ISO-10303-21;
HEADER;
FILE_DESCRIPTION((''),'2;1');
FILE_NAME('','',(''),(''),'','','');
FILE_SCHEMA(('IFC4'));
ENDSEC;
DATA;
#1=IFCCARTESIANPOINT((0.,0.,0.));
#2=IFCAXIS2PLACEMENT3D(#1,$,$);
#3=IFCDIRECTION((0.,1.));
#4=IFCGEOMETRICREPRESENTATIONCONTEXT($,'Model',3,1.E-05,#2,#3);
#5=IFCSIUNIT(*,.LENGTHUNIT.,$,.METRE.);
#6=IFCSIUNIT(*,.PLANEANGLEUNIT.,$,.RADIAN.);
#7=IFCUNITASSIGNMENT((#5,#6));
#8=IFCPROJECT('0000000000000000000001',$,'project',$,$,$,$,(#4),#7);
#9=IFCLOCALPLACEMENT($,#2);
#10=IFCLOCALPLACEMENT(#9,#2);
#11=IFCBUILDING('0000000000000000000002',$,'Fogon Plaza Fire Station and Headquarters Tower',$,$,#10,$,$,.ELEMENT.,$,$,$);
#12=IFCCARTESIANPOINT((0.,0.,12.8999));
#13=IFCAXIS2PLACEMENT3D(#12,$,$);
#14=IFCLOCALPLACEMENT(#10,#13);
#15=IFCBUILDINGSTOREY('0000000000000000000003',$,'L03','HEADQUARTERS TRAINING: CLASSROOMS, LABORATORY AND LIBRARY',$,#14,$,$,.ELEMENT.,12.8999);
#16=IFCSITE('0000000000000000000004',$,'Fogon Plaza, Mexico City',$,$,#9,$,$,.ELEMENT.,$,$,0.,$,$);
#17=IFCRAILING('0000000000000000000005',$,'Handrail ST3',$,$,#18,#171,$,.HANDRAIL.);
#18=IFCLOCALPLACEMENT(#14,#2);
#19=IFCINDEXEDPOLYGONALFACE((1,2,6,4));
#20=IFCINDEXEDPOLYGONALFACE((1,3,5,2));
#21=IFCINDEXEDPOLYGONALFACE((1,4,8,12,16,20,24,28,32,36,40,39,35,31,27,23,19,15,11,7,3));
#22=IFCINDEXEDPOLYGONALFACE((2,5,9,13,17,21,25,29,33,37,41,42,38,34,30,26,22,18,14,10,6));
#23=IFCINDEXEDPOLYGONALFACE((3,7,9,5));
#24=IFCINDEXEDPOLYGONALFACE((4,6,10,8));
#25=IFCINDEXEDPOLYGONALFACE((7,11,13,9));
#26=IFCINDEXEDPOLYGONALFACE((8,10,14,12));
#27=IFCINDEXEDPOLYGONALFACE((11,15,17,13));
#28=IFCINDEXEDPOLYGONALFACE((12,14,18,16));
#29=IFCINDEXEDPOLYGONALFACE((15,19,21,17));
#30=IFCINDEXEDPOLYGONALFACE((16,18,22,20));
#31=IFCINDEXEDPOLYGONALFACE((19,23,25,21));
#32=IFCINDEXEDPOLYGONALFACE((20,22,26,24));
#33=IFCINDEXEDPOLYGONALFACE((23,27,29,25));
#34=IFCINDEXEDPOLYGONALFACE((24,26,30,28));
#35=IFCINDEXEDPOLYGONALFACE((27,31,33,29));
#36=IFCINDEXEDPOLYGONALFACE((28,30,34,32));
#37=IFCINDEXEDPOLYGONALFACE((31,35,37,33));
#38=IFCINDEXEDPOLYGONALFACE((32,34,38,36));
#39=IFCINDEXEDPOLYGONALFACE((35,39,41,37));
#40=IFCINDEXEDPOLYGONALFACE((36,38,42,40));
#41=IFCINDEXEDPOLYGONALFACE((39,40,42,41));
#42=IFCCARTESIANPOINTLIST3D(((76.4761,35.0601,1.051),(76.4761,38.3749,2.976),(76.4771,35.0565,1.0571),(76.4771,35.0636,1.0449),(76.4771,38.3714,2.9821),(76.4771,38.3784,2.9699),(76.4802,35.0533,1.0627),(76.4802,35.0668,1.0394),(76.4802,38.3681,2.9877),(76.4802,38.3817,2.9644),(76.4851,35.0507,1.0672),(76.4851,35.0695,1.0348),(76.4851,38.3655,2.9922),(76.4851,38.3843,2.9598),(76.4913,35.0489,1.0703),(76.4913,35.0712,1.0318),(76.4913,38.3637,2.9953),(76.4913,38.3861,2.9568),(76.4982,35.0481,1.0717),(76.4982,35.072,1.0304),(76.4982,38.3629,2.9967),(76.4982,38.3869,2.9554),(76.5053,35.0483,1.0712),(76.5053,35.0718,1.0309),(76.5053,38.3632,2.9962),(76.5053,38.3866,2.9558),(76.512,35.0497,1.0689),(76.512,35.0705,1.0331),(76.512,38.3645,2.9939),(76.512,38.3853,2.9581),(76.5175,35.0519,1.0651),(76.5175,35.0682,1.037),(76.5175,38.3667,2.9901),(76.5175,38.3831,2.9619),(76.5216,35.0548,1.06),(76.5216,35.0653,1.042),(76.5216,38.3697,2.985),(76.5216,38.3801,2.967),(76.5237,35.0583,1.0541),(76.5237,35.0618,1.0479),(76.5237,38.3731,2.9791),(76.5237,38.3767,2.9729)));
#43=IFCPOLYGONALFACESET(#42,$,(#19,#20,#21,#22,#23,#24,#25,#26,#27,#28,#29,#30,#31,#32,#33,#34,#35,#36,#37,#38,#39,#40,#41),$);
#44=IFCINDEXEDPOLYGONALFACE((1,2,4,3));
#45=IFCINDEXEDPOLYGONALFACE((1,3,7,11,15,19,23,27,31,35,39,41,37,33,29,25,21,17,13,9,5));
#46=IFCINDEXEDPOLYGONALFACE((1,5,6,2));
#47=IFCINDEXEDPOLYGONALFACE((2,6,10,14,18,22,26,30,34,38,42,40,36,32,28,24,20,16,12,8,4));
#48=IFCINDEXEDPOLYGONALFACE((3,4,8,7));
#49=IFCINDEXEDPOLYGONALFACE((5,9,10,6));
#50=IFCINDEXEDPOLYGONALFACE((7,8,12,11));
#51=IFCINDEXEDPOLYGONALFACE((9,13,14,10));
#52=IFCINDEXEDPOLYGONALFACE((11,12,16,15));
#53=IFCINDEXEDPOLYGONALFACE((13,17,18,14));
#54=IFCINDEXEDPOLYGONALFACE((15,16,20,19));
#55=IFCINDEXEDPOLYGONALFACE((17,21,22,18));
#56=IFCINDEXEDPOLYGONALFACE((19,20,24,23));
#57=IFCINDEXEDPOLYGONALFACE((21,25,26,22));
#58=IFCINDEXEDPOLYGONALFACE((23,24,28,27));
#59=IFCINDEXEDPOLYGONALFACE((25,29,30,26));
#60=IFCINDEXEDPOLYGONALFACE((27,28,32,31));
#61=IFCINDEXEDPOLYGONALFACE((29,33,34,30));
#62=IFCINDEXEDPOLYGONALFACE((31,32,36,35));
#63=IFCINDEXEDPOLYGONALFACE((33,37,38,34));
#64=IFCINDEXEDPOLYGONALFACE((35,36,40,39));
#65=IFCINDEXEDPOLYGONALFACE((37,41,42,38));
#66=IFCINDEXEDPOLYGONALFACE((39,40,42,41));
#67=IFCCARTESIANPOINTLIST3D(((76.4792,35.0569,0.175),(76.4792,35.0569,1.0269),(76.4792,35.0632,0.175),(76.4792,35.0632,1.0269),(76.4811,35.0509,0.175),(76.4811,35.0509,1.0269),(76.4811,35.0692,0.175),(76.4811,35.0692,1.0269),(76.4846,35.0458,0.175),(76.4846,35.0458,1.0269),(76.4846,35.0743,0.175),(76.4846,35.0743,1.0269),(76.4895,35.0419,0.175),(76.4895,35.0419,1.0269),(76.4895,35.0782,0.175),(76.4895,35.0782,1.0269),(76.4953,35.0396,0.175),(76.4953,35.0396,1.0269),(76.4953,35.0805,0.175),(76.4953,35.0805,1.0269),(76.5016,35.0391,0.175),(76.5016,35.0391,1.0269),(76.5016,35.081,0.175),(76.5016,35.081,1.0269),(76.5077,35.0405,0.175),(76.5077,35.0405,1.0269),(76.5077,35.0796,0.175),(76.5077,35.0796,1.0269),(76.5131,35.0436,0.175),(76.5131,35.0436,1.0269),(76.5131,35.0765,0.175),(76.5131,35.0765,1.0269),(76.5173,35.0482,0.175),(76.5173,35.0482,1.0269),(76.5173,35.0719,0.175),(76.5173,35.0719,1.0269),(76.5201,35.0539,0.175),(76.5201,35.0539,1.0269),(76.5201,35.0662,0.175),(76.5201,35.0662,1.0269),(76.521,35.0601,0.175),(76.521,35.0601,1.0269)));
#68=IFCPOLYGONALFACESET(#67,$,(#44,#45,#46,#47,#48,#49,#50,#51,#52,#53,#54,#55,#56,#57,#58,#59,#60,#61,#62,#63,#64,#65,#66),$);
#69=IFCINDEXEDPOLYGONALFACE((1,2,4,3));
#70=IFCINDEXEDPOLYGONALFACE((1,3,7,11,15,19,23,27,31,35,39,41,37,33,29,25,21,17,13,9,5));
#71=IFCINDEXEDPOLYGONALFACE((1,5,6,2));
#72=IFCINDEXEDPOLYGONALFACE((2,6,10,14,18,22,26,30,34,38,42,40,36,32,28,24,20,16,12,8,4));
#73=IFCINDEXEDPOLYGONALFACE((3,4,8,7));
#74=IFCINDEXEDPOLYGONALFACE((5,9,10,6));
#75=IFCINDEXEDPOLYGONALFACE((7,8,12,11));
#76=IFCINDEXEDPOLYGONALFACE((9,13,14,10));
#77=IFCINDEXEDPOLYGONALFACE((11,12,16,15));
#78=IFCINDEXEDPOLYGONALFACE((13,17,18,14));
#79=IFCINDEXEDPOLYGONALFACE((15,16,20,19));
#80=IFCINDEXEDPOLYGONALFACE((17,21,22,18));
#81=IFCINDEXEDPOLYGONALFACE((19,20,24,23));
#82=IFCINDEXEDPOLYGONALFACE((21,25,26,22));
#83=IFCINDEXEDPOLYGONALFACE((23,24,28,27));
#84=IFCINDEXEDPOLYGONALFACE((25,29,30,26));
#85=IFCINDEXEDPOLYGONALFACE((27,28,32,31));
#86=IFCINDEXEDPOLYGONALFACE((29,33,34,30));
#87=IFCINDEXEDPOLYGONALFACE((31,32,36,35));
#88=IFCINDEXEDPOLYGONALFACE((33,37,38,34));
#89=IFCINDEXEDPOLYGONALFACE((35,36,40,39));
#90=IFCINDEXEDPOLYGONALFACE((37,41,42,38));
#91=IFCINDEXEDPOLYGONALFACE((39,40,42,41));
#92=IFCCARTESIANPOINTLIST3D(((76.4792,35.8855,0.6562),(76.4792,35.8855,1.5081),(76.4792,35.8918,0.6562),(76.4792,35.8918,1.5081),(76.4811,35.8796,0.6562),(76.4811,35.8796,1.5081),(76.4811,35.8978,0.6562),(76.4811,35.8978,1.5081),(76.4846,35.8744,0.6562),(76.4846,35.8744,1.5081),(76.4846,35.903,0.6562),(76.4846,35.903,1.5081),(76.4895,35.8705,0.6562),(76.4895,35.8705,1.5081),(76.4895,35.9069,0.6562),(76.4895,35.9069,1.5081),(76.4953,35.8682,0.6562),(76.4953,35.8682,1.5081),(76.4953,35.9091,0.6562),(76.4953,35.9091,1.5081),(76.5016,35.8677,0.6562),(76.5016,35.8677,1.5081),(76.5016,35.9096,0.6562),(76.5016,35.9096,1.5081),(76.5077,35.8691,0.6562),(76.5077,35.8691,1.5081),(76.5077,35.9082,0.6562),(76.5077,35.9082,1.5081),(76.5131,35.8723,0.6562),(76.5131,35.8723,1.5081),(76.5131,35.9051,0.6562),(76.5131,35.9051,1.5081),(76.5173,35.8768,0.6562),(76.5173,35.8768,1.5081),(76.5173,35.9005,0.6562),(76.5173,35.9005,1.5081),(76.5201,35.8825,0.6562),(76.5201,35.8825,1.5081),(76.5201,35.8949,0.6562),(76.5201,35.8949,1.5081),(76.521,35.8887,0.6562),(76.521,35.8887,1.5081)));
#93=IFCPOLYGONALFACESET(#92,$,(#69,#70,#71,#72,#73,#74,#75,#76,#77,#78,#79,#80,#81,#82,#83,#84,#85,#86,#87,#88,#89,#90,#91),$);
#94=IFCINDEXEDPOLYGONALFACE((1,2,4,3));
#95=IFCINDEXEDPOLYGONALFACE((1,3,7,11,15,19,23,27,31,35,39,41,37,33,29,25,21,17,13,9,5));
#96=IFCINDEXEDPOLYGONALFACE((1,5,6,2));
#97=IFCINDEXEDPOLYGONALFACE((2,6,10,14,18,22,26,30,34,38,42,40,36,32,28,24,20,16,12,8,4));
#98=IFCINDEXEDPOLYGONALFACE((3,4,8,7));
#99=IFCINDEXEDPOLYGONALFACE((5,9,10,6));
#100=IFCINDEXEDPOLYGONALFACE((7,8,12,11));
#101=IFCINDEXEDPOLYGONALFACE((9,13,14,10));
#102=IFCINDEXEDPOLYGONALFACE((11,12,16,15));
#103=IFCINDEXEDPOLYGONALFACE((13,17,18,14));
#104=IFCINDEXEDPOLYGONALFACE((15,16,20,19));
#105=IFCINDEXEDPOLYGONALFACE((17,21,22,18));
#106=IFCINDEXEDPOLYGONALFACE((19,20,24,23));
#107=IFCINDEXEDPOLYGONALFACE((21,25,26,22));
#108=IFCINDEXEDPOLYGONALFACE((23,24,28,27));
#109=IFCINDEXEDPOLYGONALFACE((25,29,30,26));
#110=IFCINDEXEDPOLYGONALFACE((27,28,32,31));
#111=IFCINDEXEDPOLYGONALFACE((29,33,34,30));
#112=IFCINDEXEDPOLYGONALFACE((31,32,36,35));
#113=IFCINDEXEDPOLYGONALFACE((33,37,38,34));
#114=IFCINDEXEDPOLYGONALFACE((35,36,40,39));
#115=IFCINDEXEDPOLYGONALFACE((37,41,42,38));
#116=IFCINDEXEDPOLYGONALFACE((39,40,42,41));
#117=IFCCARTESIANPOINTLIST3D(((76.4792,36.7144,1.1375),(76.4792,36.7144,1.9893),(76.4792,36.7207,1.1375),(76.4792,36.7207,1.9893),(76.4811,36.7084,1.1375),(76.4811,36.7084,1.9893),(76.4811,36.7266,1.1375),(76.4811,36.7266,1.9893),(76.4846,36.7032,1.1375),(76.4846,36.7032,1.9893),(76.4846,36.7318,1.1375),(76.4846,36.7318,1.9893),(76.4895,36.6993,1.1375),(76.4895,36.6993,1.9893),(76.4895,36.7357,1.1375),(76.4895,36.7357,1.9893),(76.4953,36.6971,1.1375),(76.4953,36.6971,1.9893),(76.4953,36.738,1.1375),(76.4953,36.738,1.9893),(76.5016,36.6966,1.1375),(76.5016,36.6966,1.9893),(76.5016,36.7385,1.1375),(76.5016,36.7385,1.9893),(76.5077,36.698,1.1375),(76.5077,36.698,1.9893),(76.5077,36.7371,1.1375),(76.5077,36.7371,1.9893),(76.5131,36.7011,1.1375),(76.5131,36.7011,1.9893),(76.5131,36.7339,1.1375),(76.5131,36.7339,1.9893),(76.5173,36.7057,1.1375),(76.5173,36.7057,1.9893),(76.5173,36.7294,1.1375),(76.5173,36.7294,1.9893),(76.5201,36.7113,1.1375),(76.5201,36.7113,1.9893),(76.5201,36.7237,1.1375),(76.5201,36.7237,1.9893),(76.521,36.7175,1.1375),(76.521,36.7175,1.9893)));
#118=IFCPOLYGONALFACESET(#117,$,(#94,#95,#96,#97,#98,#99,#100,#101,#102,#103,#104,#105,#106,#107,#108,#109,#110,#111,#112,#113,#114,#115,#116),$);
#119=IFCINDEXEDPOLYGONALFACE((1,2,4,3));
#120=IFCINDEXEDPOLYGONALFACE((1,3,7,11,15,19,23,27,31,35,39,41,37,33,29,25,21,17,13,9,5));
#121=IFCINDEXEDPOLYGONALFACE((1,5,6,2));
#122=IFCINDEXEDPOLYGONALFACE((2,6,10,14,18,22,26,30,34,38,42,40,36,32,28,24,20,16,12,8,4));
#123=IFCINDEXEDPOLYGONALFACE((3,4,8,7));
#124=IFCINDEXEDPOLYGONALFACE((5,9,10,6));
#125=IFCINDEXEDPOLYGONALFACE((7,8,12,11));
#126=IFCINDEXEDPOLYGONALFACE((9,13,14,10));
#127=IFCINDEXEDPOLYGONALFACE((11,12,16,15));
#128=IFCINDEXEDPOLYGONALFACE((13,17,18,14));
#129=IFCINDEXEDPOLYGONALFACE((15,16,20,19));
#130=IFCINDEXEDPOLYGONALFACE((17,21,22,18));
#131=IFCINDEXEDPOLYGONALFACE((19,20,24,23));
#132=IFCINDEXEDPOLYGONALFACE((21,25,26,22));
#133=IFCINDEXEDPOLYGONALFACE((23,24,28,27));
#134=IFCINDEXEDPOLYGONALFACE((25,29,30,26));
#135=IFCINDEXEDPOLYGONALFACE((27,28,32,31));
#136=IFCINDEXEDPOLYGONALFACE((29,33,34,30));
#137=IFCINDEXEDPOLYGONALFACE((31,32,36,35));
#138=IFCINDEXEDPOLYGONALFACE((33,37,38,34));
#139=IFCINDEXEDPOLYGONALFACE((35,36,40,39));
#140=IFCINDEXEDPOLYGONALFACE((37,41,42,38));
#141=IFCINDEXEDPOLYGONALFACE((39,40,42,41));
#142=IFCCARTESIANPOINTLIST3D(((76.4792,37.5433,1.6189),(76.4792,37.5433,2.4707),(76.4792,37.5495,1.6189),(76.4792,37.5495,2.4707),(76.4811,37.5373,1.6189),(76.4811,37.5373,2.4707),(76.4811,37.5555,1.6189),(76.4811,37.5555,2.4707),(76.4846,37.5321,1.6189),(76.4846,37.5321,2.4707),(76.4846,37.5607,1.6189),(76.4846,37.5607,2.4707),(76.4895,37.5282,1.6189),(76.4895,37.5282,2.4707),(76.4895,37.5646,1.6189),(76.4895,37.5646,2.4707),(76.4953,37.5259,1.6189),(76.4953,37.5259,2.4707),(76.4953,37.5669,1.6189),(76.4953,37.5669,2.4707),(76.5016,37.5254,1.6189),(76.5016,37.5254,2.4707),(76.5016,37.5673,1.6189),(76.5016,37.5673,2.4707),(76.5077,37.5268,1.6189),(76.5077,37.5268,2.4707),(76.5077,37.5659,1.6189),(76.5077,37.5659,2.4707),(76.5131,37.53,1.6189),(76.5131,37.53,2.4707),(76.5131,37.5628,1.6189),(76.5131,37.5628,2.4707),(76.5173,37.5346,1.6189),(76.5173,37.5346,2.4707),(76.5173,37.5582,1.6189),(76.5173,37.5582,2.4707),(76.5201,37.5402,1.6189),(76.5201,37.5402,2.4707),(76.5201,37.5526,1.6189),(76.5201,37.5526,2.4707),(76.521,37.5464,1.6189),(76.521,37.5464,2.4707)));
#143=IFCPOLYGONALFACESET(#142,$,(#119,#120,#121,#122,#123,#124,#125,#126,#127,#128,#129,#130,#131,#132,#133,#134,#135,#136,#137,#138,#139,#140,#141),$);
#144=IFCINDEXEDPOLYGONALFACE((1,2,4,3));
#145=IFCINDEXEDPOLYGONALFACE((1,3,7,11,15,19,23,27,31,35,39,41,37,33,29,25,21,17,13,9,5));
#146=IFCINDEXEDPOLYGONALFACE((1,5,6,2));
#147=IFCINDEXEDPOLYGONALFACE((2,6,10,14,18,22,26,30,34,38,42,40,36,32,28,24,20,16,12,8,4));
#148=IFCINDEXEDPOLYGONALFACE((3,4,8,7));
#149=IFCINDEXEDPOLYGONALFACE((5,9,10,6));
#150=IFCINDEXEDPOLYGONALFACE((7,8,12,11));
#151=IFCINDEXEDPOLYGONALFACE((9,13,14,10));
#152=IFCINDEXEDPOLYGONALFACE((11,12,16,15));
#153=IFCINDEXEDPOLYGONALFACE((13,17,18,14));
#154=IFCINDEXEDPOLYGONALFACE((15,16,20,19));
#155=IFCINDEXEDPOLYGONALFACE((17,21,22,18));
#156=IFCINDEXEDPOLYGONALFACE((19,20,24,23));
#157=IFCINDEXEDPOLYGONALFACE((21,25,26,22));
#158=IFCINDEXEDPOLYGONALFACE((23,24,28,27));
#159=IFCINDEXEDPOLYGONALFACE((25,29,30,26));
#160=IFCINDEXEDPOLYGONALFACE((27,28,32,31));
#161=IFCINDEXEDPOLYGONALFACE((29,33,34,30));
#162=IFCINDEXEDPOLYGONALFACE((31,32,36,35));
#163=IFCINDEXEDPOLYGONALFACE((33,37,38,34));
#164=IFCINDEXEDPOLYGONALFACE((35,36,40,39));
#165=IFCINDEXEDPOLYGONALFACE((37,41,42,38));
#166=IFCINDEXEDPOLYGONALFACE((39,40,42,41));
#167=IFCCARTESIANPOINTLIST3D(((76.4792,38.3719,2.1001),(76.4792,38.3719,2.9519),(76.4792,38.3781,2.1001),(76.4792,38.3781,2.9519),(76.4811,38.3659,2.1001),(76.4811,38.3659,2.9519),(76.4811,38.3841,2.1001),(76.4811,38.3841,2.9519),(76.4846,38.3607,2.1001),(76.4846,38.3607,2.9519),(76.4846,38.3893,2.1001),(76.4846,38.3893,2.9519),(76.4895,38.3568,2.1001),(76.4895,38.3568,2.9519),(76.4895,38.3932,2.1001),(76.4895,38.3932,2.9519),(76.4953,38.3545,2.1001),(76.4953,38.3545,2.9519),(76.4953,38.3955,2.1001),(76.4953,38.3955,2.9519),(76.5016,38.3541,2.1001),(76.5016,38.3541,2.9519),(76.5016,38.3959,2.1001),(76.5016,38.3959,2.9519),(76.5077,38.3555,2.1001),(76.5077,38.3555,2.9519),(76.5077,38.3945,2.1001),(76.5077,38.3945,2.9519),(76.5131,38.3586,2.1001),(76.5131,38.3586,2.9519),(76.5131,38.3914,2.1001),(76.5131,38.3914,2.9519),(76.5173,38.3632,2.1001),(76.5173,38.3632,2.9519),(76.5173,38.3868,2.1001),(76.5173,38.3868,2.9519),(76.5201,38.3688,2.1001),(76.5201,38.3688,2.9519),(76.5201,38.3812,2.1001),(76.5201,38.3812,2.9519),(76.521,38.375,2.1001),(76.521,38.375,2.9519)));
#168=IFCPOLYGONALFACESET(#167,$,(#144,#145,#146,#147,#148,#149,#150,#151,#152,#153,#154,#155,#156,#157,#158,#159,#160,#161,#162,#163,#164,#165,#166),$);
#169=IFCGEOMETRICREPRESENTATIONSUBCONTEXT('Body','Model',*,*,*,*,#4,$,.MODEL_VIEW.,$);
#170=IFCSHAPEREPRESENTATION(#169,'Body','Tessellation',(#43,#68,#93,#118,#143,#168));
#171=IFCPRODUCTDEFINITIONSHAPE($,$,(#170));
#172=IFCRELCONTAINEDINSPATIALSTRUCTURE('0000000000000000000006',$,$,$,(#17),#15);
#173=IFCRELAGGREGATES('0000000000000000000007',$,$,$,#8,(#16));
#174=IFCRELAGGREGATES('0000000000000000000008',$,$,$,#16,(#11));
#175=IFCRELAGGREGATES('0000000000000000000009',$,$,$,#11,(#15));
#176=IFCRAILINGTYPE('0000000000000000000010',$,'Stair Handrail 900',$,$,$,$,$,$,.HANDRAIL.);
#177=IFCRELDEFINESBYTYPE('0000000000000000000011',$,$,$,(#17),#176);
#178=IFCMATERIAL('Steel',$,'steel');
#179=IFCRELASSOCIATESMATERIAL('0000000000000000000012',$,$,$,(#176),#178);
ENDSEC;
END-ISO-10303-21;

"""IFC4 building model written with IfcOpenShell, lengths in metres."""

from ifc_helpers import new_model, si_unit, direction, frame, origin, origin_2d, place, context, subcontext, project, spatial, circle, extrude, material, type_object, element, save


model = new_model("IFC4")

# Units and contexts
model_context = context("Model", 3, precision=1e-05, world=origin(), true_north=direction((0.0, 1.0)))
body_context = subcontext(model_context, "Body", "Model", "MODEL_VIEW")
ifc_project = project(units=[si_unit("LENGTHUNIT", "METRE"), si_unit("PLANEANGLEUNIT", "RADIAN")], contexts=[model_context])

# Site, building, storey
site_placement = place(None, origin())
site = spatial("IfcSite", under=ifc_project, at=site_placement, Name="Fogon Plaza, Mexico City", CompositionType="ELEMENT", RefElevation=0.0)
building_placement = place(site_placement, origin())
building = spatial("IfcBuilding", under=site, at=building_placement, Name="Fogon Plaza Fire Station and Headquarters Tower", CompositionType="ELEMENT")
storey_placement = place(building_placement, frame((0.0, 0.0, 12.8999)))
storey = spatial("IfcBuildingStorey", under=building, at=storey_placement, Name="L03", Description="HEADQUARTERS TRAINING: CLASSROOMS, LABORATORY AND LIBRARY", CompositionType="ELEMENT", Elevation=12.8999)

# Railing
ifc_material_1 = material(Name="Steel", Category="steel")
railing_type = type_object("IfcRailingType", Name="Stair Handrail 900", PredefinedType="HANDRAIL", material=ifc_material_1)
for number, where, name in (
    (1, (76.5, 35.0601, 0.175), "Handrail ST3"),
):
    element("IfcRailing", number, at=place(storey_placement, frame(where)), inside=storey, type_object=railing_type, Name=name, PredefinedType="HANDRAIL", context=body_context, shape_type="SweptSolid", body=[
        extrude(circle(Radius=0.0239, at=origin_2d()), frame((0.0, 0.0, 0.876), z_axis=(0.0, 0.864761, 0.502183), x_axis=(-1.0, 0.0, 0.0)), (0.0, 0.0, 1.0), 3.8333),
        extrude(circle(Radius=0.021, at=origin_2d()), origin(), (0.0, 0.0, 1.0), 0.8518),
        extrude(circle(Radius=0.021, at=origin_2d()), frame((0.0, 0.8286, 0.4812)), (0.0, 0.0, 1.0), 0.8518),
        extrude(circle(Radius=0.021, at=origin_2d()), frame((0.0, 1.6575, 0.9624)), (0.0, 0.0, 1.0), 0.8518),
        extrude(circle(Radius=0.021, at=origin_2d()), frame((0.0, 2.4863, 1.4438)), (0.0, 0.0, 1.0), 0.8518),
        extrude(circle(Radius=0.021, at=origin_2d()), frame((0.0, 3.3149, 1.925)), (0.0, 0.0, 1.0), 0.8518),
    ])

save(model, "model.ifc")
